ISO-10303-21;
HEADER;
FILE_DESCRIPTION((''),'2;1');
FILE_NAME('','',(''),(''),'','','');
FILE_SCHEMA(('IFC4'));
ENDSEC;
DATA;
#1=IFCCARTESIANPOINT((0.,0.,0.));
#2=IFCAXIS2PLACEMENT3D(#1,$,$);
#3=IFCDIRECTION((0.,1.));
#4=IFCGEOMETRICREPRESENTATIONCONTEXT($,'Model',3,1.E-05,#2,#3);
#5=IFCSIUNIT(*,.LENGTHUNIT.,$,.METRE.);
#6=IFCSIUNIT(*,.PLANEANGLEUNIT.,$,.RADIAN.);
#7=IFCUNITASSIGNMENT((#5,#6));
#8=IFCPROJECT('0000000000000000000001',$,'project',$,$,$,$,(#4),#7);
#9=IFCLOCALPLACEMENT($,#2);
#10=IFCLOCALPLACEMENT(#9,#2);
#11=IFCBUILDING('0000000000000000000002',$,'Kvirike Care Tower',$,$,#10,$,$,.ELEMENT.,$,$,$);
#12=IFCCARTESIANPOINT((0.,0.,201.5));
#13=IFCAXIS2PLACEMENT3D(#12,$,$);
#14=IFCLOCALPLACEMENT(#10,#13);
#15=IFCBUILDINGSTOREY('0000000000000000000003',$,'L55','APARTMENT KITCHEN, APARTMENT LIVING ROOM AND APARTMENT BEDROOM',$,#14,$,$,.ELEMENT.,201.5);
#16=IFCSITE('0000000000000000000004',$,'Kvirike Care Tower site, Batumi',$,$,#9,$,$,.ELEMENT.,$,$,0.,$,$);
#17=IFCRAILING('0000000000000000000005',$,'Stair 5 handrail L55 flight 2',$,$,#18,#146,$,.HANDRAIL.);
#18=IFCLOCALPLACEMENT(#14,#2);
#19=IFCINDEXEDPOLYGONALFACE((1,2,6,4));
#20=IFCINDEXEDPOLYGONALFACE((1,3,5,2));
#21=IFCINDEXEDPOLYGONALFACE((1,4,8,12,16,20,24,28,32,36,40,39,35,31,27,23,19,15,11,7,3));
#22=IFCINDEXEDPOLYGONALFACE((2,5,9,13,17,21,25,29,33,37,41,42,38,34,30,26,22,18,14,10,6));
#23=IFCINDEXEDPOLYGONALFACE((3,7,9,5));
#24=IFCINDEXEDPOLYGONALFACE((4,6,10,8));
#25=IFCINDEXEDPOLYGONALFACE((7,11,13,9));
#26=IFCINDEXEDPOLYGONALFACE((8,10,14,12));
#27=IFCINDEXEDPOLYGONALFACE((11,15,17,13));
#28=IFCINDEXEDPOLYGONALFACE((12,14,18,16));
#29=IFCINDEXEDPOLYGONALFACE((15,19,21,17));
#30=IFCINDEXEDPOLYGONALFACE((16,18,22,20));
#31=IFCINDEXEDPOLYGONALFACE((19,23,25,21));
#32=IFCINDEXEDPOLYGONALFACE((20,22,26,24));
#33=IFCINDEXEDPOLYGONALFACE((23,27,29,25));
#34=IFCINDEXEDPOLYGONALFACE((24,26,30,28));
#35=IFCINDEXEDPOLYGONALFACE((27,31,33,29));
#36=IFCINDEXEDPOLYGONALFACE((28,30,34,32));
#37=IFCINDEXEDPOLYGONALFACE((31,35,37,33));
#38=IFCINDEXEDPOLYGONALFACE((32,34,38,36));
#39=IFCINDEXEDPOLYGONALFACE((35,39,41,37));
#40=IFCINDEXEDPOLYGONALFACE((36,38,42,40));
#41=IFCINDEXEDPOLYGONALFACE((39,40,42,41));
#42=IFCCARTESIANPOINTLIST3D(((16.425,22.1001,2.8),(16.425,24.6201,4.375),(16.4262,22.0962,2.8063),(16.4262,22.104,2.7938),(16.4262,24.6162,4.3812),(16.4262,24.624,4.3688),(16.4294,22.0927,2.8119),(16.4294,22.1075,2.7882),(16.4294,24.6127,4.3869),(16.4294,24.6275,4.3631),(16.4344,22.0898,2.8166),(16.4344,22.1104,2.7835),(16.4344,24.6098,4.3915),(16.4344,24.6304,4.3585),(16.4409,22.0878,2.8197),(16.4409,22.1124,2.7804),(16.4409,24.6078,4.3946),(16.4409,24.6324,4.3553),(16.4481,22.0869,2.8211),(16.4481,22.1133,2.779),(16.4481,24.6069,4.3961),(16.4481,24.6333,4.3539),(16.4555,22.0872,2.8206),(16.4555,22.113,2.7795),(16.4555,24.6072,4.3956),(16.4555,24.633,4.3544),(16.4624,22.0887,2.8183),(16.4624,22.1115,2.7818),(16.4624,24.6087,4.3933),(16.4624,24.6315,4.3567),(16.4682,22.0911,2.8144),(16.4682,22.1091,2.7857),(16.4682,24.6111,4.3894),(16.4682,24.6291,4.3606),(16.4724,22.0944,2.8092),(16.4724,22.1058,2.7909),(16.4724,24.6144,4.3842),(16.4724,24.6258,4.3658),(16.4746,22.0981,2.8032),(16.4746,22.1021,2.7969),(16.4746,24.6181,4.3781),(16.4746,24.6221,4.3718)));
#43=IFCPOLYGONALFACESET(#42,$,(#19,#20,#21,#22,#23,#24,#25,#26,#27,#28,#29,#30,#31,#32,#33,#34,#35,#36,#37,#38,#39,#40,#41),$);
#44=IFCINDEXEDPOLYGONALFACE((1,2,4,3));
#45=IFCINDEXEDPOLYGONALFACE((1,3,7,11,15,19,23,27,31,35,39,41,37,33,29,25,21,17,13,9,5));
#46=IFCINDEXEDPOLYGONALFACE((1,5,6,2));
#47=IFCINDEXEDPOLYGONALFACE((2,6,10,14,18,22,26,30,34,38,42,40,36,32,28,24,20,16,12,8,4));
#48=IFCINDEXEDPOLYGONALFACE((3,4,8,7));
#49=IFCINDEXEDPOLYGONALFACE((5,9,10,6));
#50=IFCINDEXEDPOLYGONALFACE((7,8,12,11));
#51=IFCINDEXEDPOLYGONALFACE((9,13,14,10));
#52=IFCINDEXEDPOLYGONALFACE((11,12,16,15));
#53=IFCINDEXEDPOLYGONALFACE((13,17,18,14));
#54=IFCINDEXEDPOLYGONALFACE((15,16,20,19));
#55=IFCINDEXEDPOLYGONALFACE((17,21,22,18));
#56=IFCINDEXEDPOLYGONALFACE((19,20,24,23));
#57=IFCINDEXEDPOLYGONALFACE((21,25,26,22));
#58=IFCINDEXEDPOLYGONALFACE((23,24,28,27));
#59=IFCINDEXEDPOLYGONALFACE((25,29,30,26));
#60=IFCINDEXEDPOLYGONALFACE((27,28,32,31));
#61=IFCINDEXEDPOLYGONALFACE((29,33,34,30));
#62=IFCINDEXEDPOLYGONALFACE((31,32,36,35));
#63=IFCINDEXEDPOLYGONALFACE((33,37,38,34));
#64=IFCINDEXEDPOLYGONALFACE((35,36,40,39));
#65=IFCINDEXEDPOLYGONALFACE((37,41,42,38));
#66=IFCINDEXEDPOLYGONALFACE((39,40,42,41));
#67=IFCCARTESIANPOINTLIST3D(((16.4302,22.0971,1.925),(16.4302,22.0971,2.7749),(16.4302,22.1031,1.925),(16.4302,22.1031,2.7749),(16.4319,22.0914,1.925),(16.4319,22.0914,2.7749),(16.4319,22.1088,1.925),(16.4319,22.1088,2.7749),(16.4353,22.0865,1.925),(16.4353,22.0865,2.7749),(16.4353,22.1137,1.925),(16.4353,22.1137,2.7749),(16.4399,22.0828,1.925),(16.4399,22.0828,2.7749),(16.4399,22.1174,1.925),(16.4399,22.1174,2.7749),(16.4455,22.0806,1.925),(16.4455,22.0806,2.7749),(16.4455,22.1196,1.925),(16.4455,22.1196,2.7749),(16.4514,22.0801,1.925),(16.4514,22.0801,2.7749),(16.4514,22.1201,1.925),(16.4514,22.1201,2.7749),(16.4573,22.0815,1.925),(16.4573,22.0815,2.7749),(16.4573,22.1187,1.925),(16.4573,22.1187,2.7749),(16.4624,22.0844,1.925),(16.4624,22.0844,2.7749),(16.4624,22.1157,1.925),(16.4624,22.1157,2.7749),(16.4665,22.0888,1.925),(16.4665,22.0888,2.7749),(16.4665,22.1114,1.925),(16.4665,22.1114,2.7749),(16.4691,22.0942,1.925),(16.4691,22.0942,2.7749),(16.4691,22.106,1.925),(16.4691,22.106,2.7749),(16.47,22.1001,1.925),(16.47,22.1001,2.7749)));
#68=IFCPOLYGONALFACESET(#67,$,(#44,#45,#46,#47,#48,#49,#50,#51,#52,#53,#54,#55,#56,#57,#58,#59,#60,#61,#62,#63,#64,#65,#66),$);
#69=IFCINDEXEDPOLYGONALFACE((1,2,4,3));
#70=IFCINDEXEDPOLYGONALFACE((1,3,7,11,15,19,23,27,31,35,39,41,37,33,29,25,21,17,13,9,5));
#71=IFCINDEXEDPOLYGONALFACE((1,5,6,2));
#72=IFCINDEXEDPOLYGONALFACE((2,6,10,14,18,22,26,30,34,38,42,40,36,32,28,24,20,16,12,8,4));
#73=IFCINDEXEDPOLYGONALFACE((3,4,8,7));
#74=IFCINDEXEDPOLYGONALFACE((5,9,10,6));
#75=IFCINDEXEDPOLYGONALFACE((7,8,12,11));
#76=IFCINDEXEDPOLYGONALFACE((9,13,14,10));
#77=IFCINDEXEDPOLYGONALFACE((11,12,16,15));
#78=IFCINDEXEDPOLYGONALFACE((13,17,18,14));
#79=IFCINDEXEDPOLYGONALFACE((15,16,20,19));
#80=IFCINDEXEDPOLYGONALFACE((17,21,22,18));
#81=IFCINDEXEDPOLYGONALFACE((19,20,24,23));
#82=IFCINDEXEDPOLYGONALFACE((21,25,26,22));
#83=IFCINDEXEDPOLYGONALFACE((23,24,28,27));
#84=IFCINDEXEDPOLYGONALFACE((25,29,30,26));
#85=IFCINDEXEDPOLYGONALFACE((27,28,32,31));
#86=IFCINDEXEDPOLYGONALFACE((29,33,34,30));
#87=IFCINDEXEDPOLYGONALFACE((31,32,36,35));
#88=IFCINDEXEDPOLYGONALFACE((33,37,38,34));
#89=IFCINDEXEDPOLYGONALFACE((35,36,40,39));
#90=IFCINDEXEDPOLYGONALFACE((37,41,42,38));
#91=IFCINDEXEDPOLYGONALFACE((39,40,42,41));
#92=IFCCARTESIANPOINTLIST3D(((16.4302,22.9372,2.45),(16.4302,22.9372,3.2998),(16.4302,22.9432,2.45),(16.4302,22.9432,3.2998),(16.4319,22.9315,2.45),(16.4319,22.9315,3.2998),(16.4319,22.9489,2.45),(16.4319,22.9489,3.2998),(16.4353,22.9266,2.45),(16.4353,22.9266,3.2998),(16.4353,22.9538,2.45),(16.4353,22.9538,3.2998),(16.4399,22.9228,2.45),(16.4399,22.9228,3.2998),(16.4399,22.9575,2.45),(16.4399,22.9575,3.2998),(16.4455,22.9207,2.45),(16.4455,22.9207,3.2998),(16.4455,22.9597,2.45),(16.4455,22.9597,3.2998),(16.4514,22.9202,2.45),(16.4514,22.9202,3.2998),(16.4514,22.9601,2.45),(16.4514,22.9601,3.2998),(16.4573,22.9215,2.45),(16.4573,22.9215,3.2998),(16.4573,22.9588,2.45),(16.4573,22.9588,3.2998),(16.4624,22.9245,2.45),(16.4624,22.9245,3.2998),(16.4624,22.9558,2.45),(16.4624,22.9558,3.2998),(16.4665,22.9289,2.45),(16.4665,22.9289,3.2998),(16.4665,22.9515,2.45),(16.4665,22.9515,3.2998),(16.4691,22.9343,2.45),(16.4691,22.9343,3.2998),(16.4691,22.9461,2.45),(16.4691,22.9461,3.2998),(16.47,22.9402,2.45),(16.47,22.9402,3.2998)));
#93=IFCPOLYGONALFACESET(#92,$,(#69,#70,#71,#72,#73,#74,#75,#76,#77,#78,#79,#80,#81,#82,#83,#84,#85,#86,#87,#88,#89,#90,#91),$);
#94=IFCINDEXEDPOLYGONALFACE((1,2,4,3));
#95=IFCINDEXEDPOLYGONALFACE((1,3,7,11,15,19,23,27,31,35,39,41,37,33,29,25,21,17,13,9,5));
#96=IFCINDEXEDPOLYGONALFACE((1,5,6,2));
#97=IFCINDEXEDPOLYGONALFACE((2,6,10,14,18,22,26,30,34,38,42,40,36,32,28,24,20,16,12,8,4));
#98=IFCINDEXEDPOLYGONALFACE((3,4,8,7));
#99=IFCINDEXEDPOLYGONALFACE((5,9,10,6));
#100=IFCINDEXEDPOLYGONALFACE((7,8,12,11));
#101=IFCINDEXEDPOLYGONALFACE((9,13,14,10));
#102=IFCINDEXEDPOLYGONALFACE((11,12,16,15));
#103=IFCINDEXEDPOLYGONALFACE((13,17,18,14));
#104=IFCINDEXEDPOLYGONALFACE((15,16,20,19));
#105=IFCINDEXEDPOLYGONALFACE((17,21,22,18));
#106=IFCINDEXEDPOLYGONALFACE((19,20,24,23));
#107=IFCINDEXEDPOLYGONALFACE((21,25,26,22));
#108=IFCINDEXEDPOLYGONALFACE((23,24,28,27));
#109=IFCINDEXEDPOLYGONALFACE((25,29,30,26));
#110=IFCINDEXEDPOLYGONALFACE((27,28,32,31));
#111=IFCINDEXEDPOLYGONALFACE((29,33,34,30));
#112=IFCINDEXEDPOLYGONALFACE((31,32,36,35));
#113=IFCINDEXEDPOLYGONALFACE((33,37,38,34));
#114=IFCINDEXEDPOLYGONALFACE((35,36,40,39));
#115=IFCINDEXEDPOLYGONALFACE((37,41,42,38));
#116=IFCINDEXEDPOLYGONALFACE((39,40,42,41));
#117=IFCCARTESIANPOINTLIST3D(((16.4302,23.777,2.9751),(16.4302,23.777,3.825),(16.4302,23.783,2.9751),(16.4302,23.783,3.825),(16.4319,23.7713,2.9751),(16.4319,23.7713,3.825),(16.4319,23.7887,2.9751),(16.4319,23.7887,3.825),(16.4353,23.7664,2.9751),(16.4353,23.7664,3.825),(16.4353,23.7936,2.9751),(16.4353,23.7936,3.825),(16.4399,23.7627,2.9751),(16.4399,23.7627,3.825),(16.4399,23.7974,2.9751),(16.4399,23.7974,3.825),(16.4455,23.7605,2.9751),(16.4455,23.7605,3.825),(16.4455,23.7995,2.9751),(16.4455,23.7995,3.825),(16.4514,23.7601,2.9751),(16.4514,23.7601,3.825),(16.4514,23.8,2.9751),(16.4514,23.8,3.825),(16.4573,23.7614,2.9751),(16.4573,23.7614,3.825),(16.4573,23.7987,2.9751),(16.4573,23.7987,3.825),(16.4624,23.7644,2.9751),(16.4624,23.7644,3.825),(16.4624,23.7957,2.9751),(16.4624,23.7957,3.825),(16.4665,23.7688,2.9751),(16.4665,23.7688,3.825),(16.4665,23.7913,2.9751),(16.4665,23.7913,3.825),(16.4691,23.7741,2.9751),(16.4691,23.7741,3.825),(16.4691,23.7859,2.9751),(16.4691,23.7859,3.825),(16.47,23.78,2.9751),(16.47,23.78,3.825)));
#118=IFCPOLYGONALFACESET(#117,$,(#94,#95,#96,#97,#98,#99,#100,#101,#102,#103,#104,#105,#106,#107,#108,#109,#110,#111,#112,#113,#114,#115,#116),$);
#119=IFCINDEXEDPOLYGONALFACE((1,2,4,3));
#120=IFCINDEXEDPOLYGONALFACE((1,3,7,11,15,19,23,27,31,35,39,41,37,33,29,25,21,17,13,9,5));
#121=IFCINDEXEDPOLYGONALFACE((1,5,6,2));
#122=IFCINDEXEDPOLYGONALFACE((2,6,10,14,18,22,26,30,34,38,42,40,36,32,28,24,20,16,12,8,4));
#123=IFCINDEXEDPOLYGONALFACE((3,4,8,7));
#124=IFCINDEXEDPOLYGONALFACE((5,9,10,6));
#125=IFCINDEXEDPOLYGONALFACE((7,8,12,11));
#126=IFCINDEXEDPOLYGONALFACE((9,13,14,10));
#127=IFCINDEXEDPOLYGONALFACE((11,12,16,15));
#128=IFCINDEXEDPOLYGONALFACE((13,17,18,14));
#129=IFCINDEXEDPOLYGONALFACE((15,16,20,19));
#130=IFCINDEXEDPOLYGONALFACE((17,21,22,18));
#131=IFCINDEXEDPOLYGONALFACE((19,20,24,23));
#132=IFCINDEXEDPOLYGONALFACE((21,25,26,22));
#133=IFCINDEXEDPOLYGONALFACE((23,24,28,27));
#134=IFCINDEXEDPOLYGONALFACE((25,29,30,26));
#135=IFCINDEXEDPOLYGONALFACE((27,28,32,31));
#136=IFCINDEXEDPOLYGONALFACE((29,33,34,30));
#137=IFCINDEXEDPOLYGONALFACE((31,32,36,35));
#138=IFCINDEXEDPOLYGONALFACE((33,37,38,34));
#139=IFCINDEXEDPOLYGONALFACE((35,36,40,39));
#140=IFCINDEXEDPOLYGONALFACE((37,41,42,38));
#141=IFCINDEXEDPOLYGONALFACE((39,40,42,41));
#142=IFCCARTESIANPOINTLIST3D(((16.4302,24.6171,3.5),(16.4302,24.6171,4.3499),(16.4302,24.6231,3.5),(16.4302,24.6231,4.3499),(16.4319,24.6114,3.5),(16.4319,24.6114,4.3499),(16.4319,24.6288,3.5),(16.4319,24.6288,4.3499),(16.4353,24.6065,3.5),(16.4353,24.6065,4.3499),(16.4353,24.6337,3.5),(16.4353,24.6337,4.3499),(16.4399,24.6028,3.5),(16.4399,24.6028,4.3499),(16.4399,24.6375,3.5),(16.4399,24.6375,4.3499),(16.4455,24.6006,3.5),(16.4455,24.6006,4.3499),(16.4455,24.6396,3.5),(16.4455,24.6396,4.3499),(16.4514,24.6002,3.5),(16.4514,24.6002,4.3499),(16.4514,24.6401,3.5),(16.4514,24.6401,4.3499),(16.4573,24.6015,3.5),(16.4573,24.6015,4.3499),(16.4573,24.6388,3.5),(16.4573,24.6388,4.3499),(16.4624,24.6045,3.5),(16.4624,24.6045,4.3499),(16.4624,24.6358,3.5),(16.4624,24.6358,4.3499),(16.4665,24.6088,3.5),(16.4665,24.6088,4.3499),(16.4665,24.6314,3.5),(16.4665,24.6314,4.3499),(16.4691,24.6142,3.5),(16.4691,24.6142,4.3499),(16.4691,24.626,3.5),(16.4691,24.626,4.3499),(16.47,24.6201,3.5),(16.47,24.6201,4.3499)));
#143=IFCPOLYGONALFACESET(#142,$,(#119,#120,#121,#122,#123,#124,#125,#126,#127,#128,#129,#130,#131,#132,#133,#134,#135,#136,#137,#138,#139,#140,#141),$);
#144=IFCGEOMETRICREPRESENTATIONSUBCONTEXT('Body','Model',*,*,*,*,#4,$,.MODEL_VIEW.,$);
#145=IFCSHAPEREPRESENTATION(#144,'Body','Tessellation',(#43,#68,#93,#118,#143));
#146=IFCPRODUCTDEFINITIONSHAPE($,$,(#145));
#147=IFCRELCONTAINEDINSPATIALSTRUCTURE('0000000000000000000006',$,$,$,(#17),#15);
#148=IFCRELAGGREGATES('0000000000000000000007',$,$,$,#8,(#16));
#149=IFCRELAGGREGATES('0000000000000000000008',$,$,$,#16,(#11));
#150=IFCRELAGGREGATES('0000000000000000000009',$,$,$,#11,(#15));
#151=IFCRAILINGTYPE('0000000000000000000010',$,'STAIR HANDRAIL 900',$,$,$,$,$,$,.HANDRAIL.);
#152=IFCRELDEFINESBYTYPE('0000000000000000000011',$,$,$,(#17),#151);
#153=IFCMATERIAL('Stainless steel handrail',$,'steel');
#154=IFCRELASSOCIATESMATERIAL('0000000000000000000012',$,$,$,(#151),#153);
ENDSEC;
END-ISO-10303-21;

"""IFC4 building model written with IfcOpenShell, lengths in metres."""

from ifc_helpers import new_model, si_unit, direction, frame, origin, origin_2d, place, context, subcontext, project, spatial, circle, extrude, material, type_object, element, save


model = new_model("IFC4")

# Units and contexts
model_context = context("Model", 3, precision=1e-05, world=origin(), true_north=direction((0.0, 1.0)))
body_context = subcontext(model_context, "Body", "Model", "MODEL_VIEW")
ifc_project = project(units=[si_unit("LENGTHUNIT", "METRE"), si_unit("PLANEANGLEUNIT", "RADIAN")], contexts=[model_context])

# Site, building, storey
site_placement = place(None, origin())
site = spatial("IfcSite", under=ifc_project, at=site_placement, Name="Kvirike Care Tower site, Batumi", CompositionType="ELEMENT", RefElevation=0.0)
building_placement = place(site_placement, origin())
building = spatial("IfcBuilding", under=site, at=building_placement, Name="Kvirike Care Tower", CompositionType="ELEMENT")
storey_placement = place(building_placement, frame((0.0, 0.0, 201.5)))
storey = spatial("IfcBuildingStorey", under=building, at=storey_placement, Name="L55", Description="APARTMENT KITCHEN, APARTMENT LIVING ROOM AND APARTMENT BEDROOM", CompositionType="ELEMENT", Elevation=201.5)

# Railing
ifc_material_1 = material(Name="Stainless steel handrail", Category="steel")
railing_type = type_object("IfcRailingType", Name="STAIR HANDRAIL 900", PredefinedType="HANDRAIL", material=ifc_material_1)
railing_1_placement = place(storey_placement, frame((16.45, 22.1001, 1.925)))
element("IfcRailing", 1, at=railing_1_placement, inside=storey, type_object=railing_type, Name="Stair 5 handrail L55 flight 2", PredefinedType="HANDRAIL", context=body_context, shape_type="SweptSolid", body=[
    extrude(circle(Radius=0.0249, at=origin_2d()), frame((0.0, 0.0, 0.875), z_axis=(0.0, 0.848008, 0.529984), x_axis=(-1.0, 0.0, 0.0)), (0.0, 0.0, 1.0), 2.9717),
    extrude(circle(Radius=0.02, at=origin_2d()), origin(), (0.0, 0.0, 1.0), 0.8499),
    extrude(circle(Radius=0.02, at=origin_2d()), frame((0.0, 0.8401, 0.5249)), (0.0, 0.0, 1.0), 0.8499),
    extrude(circle(Radius=0.02, at=origin_2d()), frame((0.0, 1.6799, 1.05)), (0.0, 0.0, 1.0), 0.8499),
    extrude(circle(Radius=0.02, at=origin_2d()), frame((0.0, 2.52, 1.575)), (0.0, 0.0, 1.0), 0.8499),
])

save(model, "model.ifc")
